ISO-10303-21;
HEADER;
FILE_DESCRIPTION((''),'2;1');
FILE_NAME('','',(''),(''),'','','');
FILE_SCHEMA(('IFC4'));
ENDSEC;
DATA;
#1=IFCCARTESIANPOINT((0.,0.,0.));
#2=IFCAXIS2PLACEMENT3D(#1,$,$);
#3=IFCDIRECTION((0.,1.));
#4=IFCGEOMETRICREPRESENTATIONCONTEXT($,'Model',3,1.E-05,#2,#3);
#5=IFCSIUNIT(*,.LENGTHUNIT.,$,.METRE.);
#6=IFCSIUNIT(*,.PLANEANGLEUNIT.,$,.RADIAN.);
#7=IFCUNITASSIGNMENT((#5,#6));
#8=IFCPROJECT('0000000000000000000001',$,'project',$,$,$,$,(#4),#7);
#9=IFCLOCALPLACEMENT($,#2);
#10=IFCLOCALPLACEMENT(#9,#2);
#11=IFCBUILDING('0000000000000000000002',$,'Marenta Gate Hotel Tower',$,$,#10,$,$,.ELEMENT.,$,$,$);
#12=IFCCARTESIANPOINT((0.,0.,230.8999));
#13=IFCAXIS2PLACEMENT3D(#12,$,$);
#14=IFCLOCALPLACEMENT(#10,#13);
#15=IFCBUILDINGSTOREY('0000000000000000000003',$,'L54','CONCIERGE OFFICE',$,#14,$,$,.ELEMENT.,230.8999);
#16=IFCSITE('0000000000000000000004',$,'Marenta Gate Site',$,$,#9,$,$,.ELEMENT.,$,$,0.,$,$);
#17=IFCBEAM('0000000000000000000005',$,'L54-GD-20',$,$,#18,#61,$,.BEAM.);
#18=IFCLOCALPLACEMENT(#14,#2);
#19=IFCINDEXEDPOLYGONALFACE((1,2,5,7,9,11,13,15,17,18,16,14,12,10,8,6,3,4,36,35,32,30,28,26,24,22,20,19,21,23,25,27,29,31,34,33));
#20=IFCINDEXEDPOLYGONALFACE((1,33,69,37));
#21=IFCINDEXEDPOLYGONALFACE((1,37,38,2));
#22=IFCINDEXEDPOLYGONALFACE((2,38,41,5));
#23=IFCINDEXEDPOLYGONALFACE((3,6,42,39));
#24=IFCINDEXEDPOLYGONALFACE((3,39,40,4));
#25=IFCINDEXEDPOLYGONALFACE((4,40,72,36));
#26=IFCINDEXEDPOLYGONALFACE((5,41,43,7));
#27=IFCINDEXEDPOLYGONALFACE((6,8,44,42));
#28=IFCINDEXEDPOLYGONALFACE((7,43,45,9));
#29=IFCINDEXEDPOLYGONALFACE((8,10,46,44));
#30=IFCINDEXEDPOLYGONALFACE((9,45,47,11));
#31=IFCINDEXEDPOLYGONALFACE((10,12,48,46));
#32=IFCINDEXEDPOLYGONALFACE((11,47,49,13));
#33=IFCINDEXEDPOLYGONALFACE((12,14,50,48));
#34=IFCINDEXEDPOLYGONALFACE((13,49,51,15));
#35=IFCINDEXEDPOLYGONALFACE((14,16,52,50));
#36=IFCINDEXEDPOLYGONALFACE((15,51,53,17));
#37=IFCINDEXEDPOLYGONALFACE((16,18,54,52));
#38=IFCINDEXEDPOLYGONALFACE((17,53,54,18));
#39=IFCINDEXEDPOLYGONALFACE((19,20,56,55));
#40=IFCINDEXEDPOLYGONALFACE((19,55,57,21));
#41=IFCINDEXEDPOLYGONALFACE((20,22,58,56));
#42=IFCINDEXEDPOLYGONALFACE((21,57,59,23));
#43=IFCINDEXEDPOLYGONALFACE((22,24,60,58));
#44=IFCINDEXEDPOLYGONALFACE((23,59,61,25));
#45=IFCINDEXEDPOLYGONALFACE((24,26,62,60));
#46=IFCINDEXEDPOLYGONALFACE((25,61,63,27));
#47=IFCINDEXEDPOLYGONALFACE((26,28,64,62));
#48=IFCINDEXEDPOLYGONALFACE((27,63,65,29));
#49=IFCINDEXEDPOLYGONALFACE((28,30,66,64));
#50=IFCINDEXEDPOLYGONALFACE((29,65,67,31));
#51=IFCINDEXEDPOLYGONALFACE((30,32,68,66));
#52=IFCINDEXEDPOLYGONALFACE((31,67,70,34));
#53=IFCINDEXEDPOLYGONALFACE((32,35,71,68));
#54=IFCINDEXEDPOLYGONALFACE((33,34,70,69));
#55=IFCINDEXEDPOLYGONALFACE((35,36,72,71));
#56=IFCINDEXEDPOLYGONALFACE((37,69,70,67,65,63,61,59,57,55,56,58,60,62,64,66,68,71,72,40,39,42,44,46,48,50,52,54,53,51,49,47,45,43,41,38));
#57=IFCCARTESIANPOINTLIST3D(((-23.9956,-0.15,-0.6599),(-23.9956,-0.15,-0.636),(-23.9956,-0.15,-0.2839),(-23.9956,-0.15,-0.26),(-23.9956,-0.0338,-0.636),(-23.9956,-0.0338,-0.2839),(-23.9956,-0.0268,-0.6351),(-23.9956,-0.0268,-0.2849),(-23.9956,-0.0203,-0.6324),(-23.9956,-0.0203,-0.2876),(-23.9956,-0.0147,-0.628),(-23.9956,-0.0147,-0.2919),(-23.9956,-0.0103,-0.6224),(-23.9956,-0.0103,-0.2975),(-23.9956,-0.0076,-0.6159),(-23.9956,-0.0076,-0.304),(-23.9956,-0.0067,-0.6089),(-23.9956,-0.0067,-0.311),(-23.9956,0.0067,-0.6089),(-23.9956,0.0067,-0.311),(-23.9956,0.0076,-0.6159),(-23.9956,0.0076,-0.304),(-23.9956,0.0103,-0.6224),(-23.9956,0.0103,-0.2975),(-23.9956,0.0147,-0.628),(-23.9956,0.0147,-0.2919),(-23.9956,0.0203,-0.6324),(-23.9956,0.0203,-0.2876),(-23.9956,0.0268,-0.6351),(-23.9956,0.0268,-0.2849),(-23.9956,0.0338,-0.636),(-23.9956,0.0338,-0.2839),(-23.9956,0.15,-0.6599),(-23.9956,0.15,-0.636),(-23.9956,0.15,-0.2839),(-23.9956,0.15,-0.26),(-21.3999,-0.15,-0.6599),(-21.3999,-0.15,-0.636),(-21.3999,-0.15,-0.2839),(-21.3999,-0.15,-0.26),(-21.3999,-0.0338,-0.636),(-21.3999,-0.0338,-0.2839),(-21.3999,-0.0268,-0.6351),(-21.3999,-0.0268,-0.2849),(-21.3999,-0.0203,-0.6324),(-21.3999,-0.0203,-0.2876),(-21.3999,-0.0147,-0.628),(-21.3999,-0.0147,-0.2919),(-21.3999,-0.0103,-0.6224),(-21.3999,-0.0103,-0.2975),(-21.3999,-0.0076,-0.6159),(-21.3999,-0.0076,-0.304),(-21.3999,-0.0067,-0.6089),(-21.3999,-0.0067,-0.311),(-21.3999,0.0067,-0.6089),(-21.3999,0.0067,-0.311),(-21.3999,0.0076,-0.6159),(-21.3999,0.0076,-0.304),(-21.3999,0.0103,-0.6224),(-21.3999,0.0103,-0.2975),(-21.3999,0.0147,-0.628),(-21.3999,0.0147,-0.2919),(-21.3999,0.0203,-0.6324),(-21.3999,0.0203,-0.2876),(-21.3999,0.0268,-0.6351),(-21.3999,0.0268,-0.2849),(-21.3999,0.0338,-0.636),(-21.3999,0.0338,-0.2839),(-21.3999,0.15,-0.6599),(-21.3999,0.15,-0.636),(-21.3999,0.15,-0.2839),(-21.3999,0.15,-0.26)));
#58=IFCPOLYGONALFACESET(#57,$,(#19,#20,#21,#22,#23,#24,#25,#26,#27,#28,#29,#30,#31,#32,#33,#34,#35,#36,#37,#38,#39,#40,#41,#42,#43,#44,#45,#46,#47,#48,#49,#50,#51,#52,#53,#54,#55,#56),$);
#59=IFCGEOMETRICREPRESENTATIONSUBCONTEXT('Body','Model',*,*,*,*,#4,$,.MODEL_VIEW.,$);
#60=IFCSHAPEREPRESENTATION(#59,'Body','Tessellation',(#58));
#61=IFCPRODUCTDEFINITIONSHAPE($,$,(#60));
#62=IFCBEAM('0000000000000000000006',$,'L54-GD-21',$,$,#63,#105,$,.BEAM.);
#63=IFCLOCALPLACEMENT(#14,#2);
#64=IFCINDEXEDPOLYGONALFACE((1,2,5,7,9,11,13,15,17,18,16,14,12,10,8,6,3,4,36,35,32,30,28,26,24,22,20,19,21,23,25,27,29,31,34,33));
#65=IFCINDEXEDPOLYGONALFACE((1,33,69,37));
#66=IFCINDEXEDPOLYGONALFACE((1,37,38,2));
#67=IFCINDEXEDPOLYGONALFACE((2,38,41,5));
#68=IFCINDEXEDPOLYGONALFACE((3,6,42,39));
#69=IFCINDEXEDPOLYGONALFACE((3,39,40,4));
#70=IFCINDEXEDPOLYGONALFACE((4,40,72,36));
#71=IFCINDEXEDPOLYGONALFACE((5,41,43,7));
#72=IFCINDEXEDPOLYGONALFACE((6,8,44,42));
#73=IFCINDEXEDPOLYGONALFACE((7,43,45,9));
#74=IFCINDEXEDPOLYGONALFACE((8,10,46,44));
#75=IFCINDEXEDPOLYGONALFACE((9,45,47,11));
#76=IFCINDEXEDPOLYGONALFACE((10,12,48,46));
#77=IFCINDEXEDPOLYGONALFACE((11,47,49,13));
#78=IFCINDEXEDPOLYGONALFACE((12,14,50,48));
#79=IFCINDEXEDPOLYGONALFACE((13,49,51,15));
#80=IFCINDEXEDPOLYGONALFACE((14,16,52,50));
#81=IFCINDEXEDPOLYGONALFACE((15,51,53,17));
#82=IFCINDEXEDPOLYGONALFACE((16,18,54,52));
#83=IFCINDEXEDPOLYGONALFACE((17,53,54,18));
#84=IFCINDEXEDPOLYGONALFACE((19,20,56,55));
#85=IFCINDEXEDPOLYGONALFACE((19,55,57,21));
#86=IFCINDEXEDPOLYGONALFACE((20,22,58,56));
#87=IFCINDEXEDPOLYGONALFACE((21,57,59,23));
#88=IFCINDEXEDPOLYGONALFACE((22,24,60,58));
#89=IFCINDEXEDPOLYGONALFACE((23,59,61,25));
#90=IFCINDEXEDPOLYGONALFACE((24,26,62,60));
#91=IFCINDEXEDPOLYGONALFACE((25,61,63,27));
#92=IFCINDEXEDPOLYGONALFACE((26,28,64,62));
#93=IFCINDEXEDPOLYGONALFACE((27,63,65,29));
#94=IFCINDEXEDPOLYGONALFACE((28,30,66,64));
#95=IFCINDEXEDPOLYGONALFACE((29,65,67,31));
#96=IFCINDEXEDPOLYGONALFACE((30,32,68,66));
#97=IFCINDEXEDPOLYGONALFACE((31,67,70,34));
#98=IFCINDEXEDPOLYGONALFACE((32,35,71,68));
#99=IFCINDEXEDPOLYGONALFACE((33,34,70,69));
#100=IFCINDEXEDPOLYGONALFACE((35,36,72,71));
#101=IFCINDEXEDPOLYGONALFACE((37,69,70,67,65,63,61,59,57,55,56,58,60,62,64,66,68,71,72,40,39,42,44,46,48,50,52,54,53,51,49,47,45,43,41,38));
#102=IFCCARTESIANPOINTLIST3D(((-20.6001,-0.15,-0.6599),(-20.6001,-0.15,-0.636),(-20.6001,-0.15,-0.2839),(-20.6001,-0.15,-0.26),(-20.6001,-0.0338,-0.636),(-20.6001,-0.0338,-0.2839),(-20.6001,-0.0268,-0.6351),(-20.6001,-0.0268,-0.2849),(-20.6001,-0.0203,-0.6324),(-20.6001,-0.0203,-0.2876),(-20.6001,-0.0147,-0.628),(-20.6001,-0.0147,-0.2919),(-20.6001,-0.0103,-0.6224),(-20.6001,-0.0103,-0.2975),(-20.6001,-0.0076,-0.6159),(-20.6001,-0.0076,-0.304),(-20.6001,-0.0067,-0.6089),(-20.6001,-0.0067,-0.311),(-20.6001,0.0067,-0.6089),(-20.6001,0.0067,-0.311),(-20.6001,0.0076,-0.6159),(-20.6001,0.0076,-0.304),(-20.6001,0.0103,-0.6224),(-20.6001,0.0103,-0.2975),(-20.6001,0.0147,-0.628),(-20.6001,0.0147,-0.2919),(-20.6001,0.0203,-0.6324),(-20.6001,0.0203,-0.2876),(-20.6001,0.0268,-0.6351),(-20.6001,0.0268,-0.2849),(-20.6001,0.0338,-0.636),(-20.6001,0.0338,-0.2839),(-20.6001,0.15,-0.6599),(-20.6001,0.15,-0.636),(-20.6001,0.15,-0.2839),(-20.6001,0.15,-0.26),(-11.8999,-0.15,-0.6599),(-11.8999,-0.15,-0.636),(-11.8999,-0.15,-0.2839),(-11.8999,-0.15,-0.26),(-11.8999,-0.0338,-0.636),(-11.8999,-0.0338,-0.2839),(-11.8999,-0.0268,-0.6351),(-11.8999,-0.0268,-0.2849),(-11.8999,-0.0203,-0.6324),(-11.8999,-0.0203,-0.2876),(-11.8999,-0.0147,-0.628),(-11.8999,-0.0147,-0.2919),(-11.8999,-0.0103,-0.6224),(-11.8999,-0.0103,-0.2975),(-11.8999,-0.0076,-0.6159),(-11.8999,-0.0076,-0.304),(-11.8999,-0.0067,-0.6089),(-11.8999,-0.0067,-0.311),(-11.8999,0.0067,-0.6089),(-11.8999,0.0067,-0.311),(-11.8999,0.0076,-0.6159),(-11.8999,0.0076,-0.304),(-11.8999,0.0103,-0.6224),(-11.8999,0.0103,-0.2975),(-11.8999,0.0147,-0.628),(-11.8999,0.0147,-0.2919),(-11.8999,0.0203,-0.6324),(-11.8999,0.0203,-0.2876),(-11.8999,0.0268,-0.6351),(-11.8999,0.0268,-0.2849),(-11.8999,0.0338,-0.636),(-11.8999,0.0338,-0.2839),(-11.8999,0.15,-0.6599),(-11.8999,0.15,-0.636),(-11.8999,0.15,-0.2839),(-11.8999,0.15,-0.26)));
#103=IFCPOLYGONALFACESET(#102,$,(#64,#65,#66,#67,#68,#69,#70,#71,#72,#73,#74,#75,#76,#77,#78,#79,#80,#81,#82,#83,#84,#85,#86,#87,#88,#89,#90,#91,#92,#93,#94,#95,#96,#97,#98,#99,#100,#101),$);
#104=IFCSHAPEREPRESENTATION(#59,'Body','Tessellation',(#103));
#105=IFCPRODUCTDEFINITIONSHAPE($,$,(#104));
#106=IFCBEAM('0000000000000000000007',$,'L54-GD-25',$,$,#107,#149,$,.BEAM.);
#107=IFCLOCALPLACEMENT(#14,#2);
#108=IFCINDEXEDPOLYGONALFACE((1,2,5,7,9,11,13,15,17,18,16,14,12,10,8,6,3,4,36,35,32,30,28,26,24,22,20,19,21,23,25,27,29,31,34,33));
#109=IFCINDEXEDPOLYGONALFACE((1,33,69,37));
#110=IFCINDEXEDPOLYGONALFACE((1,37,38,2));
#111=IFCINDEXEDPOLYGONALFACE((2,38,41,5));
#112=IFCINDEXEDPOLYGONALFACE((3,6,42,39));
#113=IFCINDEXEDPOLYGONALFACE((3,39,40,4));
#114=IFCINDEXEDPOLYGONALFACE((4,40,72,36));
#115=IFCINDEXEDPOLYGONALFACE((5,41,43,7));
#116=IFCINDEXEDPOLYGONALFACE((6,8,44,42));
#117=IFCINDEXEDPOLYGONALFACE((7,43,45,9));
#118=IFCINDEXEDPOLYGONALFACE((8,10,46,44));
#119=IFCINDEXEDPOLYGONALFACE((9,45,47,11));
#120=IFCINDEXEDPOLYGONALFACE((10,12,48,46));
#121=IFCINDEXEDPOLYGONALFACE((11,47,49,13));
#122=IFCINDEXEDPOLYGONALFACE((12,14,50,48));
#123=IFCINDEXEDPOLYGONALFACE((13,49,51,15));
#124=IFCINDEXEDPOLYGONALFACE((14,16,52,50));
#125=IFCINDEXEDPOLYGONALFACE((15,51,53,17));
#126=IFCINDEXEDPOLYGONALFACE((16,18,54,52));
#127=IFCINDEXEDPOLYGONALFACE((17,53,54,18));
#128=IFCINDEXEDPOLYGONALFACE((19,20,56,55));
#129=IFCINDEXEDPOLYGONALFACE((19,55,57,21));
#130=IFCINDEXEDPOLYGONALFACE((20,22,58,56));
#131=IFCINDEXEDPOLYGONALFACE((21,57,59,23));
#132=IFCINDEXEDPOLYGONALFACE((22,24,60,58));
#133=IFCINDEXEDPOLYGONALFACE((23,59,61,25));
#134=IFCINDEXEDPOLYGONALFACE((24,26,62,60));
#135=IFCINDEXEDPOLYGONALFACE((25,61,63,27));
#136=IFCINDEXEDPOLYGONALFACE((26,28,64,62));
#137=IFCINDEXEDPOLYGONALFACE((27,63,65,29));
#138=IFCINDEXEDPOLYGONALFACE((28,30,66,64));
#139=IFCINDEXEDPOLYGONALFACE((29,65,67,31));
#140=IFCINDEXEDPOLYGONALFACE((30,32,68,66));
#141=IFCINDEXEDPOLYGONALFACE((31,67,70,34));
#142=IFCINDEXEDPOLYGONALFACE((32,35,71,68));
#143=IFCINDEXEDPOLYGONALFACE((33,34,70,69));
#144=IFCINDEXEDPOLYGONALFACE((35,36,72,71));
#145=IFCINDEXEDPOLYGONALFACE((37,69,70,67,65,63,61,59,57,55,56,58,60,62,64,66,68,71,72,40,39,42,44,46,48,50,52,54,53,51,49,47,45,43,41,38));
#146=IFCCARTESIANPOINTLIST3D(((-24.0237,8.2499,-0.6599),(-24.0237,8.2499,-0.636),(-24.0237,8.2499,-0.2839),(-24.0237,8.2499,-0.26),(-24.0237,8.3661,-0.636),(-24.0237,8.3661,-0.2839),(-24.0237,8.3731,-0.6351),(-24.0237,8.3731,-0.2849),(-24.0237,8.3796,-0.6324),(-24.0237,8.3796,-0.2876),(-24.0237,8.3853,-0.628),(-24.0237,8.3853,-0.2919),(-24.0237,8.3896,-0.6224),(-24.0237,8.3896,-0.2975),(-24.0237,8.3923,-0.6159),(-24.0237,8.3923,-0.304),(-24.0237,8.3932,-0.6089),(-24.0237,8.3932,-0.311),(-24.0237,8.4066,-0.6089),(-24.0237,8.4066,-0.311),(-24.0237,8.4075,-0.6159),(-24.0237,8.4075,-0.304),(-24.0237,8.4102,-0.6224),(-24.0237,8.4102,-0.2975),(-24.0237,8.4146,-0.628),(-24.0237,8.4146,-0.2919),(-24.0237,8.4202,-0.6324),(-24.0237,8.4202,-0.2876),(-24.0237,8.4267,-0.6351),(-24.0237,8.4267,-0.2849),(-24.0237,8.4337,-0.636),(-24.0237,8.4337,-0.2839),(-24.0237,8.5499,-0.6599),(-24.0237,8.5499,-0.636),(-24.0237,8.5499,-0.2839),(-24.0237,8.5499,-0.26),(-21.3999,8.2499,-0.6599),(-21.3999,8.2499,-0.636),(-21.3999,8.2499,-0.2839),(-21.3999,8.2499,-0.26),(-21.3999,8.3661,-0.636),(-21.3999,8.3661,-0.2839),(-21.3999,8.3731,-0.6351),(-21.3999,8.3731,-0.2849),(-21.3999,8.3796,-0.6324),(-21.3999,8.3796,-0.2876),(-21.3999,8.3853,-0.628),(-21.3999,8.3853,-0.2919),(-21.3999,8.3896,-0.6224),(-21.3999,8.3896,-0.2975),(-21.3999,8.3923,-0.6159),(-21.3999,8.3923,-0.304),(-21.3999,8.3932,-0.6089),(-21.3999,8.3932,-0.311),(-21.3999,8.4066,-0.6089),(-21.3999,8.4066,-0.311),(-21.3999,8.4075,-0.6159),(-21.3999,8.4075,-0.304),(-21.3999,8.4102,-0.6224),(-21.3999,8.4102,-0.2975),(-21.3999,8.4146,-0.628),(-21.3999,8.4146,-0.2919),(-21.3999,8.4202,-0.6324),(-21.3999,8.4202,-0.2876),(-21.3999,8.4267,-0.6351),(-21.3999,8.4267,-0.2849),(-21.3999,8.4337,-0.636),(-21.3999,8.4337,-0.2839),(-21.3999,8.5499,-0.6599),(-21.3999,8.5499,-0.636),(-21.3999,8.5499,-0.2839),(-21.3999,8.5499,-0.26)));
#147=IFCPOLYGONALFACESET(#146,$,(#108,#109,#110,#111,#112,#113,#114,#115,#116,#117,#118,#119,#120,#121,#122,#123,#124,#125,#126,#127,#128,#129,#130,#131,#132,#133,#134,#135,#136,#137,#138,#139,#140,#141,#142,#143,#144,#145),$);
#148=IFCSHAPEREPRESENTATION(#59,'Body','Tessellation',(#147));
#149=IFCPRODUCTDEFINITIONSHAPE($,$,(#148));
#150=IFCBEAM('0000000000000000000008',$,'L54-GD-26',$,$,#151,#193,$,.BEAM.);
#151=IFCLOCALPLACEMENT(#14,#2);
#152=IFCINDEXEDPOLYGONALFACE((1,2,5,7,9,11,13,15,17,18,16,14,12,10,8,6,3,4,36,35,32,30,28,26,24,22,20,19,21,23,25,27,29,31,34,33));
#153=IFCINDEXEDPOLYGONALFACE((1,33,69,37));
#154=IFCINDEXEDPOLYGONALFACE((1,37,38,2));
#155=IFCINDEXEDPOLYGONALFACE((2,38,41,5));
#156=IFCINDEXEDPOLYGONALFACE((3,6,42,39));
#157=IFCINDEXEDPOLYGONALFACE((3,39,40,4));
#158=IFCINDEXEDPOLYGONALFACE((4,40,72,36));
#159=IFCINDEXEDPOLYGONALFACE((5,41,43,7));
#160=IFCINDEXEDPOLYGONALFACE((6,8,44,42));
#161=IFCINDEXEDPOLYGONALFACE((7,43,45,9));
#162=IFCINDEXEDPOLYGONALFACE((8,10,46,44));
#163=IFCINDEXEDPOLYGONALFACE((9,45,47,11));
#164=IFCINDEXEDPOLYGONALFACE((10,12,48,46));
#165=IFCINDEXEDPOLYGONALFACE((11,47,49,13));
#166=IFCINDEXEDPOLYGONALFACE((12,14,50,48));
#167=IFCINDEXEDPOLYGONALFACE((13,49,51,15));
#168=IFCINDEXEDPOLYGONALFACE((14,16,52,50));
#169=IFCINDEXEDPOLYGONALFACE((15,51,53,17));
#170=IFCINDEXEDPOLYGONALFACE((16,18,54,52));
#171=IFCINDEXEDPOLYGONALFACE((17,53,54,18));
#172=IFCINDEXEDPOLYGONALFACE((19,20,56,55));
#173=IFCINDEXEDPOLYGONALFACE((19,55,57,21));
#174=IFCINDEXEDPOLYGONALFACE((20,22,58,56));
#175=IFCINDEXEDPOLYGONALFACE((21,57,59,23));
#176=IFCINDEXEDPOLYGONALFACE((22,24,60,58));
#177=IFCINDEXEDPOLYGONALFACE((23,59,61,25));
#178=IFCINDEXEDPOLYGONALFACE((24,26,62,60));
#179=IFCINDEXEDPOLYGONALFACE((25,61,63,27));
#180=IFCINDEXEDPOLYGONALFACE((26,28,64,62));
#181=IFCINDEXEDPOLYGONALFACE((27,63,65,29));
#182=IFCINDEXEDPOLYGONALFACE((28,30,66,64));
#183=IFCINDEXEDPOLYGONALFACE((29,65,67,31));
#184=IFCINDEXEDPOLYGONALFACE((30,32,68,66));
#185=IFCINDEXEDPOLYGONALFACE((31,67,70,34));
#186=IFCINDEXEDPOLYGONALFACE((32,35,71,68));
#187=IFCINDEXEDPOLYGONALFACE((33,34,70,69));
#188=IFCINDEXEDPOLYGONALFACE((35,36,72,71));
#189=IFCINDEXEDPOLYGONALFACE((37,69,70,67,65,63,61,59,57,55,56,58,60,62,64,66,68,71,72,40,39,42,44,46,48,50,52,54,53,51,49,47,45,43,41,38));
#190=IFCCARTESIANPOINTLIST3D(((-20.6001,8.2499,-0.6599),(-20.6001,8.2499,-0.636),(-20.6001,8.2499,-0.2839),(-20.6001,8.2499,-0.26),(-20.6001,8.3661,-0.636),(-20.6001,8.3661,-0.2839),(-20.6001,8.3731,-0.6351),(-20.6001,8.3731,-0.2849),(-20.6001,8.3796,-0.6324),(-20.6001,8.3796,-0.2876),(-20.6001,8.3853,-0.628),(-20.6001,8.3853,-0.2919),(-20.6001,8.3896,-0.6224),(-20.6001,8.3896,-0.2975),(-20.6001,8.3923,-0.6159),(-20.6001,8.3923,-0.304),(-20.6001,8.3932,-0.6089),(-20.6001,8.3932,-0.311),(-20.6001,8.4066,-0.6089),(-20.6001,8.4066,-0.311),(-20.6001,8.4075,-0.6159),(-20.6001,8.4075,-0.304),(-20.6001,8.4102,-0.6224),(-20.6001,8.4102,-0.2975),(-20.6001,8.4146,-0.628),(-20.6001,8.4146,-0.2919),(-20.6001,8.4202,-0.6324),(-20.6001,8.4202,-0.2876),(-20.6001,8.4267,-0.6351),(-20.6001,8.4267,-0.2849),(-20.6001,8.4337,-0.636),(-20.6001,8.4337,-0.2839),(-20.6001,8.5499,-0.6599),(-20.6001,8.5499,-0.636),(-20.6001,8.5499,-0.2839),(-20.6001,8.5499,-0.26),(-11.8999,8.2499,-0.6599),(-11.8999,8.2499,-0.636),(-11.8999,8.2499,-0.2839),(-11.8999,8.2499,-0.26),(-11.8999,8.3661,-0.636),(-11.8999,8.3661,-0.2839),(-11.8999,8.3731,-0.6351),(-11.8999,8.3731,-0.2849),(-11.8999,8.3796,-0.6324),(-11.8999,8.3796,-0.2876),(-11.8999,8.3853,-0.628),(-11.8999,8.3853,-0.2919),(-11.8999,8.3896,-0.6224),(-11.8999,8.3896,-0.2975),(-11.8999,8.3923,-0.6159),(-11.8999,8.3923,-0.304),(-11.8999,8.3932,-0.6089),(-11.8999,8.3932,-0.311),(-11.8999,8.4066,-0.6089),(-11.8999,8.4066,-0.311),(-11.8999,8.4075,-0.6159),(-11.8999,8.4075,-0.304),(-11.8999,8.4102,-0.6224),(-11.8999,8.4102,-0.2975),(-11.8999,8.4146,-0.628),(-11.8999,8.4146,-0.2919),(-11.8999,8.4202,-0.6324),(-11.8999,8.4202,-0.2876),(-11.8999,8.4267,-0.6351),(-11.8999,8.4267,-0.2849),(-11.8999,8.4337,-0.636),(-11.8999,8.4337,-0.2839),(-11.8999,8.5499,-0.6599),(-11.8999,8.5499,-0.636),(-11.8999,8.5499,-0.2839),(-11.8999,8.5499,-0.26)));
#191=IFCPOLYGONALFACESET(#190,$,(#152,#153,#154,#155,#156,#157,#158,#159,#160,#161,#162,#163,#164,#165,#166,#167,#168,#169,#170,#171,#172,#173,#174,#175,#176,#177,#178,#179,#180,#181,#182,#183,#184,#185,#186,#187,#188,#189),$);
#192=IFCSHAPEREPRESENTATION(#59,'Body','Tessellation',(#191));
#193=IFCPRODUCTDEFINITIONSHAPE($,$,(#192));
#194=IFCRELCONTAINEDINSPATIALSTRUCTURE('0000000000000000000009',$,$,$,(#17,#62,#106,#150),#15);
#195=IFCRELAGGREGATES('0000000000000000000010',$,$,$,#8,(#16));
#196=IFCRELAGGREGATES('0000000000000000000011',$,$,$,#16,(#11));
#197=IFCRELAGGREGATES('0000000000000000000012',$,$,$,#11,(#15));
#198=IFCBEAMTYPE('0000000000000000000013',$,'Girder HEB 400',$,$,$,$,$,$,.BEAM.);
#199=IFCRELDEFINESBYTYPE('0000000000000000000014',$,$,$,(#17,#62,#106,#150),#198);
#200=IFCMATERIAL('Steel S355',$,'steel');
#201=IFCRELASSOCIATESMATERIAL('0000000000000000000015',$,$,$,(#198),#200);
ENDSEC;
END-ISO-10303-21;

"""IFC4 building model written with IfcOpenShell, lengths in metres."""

from ifc_helpers import new_model, si_unit, direction, frame, origin, origin_2d, place, context, subcontext, project, spatial, i_section, extrude, material, material_profile, profile_set, type_object, element, save


model = new_model("IFC4")

# Units and contexts
model_context = context("Model", 3, precision=1e-05, world=origin(), true_north=direction((0.0, 1.0)))
body_context = subcontext(model_context, "Body", "Model", "MODEL_VIEW")
ifc_project = project(units=[si_unit("LENGTHUNIT", "METRE"), si_unit("PLANEANGLEUNIT", "RADIAN")], contexts=[model_context])

# Site, building, storey
site_placement = place(None, origin())
site = spatial("IfcSite", under=ifc_project, at=site_placement, Name="Marenta Gate Site", CompositionType="ELEMENT", RefElevation=0.0)
building_placement = place(site_placement, origin())
building = spatial("IfcBuilding", under=site, at=building_placement, Name="Marenta Gate Hotel Tower", CompositionType="ELEMENT")
storey_placement = place(building_placement, frame((0.0, 0.0, 230.8999)))
storey = spatial("IfcBuildingStorey", under=building, at=storey_placement, Name="L54", Description="CONCIERGE OFFICE", CompositionType="ELEMENT", Elevation=230.8999)

# Beams
ifc_material_1 = material(Name="Steel S355", Category="steel")
ifc_material_profile_1 = material_profile(ifc_material_1, i_section(OverallWidth=0.3, OverallDepth=0.3999, WebThickness=0.0134, FlangeThickness=0.0239, FilletRadius=0.0271, at=origin_2d()), Name="HEB 400")
ifc_profile_set_1 = profile_set([ifc_material_profile_1], Name="Steel S355")
beam_type_1 = type_object("IfcBeamType", Name="Girder HEB 400", PredefinedType="BEAM", material=ifc_profile_set_1)
beam_1_placement = place(storey_placement, frame((-23.9956, 0.0, -0.46), z_axis=(1.0, 0.0, 0.0), x_axis=(0.0, 1.0, 0.0)))
element("IfcBeam", 1, at=beam_1_placement, inside=storey, type_object=beam_type_1, Name="L54-GD-20", PredefinedType="BEAM", context=body_context, shape_type="SweptSolid", body=[
    extrude(i_section(OverallWidth=0.3, OverallDepth=0.3999, WebThickness=0.0134, FlangeThickness=0.0239, FilletRadius=0.0271, at=origin_2d()), origin(), (0.0, 0.0, 1.0), 2.5957),
])
beam_2_placement = place(storey_placement, frame((-20.6001, 0.0, -0.46), z_axis=(1.0, 0.0, 0.0), x_axis=(0.0, 1.0, 0.0)))
element("IfcBeam", 2, at=beam_2_placement, inside=storey, type_object=beam_type_1, Name="L54-GD-21", PredefinedType="BEAM", context=body_context, shape_type="SweptSolid", body=[
    extrude(i_section(OverallWidth=0.3, OverallDepth=0.3999, WebThickness=0.0134, FlangeThickness=0.0239, FilletRadius=0.0271, at=origin_2d()), origin(), (0.0, 0.0, 1.0), 8.7002),
])
beam_3_placement = place(storey_placement, frame((-24.0237, 8.3999, -0.46), z_axis=(1.0, 0.0, 0.0), x_axis=(0.0, 1.0, 0.0)))
element("IfcBeam", 3, at=beam_3_placement, inside=storey, type_object=beam_type_1, Name="L54-GD-25", PredefinedType="BEAM", context=body_context, shape_type="SweptSolid", body=[
    extrude(i_section(OverallWidth=0.3, OverallDepth=0.3999, WebThickness=0.0134, FlangeThickness=0.0239, FilletRadius=0.0271, at=origin_2d()), origin(), (0.0, 0.0, 1.0), 2.6238),
])
beam_4_placement = place(storey_placement, frame((-20.6001, 8.3999, -0.46), z_axis=(1.0, 0.0, 0.0), x_axis=(0.0, 1.0, 0.0)))
element("IfcBeam", 4, at=beam_4_placement, inside=storey, type_object=beam_type_1, Name="L54-GD-26", PredefinedType="BEAM", context=body_context, shape_type="SweptSolid", body=[
    extrude(i_section(OverallWidth=0.3, OverallDepth=0.3999, WebThickness=0.0134, FlangeThickness=0.0239, FilletRadius=0.0271, at=origin_2d()), origin(), (0.0, 0.0, 1.0), 8.7002),
])

save(model, "model.ifc")
